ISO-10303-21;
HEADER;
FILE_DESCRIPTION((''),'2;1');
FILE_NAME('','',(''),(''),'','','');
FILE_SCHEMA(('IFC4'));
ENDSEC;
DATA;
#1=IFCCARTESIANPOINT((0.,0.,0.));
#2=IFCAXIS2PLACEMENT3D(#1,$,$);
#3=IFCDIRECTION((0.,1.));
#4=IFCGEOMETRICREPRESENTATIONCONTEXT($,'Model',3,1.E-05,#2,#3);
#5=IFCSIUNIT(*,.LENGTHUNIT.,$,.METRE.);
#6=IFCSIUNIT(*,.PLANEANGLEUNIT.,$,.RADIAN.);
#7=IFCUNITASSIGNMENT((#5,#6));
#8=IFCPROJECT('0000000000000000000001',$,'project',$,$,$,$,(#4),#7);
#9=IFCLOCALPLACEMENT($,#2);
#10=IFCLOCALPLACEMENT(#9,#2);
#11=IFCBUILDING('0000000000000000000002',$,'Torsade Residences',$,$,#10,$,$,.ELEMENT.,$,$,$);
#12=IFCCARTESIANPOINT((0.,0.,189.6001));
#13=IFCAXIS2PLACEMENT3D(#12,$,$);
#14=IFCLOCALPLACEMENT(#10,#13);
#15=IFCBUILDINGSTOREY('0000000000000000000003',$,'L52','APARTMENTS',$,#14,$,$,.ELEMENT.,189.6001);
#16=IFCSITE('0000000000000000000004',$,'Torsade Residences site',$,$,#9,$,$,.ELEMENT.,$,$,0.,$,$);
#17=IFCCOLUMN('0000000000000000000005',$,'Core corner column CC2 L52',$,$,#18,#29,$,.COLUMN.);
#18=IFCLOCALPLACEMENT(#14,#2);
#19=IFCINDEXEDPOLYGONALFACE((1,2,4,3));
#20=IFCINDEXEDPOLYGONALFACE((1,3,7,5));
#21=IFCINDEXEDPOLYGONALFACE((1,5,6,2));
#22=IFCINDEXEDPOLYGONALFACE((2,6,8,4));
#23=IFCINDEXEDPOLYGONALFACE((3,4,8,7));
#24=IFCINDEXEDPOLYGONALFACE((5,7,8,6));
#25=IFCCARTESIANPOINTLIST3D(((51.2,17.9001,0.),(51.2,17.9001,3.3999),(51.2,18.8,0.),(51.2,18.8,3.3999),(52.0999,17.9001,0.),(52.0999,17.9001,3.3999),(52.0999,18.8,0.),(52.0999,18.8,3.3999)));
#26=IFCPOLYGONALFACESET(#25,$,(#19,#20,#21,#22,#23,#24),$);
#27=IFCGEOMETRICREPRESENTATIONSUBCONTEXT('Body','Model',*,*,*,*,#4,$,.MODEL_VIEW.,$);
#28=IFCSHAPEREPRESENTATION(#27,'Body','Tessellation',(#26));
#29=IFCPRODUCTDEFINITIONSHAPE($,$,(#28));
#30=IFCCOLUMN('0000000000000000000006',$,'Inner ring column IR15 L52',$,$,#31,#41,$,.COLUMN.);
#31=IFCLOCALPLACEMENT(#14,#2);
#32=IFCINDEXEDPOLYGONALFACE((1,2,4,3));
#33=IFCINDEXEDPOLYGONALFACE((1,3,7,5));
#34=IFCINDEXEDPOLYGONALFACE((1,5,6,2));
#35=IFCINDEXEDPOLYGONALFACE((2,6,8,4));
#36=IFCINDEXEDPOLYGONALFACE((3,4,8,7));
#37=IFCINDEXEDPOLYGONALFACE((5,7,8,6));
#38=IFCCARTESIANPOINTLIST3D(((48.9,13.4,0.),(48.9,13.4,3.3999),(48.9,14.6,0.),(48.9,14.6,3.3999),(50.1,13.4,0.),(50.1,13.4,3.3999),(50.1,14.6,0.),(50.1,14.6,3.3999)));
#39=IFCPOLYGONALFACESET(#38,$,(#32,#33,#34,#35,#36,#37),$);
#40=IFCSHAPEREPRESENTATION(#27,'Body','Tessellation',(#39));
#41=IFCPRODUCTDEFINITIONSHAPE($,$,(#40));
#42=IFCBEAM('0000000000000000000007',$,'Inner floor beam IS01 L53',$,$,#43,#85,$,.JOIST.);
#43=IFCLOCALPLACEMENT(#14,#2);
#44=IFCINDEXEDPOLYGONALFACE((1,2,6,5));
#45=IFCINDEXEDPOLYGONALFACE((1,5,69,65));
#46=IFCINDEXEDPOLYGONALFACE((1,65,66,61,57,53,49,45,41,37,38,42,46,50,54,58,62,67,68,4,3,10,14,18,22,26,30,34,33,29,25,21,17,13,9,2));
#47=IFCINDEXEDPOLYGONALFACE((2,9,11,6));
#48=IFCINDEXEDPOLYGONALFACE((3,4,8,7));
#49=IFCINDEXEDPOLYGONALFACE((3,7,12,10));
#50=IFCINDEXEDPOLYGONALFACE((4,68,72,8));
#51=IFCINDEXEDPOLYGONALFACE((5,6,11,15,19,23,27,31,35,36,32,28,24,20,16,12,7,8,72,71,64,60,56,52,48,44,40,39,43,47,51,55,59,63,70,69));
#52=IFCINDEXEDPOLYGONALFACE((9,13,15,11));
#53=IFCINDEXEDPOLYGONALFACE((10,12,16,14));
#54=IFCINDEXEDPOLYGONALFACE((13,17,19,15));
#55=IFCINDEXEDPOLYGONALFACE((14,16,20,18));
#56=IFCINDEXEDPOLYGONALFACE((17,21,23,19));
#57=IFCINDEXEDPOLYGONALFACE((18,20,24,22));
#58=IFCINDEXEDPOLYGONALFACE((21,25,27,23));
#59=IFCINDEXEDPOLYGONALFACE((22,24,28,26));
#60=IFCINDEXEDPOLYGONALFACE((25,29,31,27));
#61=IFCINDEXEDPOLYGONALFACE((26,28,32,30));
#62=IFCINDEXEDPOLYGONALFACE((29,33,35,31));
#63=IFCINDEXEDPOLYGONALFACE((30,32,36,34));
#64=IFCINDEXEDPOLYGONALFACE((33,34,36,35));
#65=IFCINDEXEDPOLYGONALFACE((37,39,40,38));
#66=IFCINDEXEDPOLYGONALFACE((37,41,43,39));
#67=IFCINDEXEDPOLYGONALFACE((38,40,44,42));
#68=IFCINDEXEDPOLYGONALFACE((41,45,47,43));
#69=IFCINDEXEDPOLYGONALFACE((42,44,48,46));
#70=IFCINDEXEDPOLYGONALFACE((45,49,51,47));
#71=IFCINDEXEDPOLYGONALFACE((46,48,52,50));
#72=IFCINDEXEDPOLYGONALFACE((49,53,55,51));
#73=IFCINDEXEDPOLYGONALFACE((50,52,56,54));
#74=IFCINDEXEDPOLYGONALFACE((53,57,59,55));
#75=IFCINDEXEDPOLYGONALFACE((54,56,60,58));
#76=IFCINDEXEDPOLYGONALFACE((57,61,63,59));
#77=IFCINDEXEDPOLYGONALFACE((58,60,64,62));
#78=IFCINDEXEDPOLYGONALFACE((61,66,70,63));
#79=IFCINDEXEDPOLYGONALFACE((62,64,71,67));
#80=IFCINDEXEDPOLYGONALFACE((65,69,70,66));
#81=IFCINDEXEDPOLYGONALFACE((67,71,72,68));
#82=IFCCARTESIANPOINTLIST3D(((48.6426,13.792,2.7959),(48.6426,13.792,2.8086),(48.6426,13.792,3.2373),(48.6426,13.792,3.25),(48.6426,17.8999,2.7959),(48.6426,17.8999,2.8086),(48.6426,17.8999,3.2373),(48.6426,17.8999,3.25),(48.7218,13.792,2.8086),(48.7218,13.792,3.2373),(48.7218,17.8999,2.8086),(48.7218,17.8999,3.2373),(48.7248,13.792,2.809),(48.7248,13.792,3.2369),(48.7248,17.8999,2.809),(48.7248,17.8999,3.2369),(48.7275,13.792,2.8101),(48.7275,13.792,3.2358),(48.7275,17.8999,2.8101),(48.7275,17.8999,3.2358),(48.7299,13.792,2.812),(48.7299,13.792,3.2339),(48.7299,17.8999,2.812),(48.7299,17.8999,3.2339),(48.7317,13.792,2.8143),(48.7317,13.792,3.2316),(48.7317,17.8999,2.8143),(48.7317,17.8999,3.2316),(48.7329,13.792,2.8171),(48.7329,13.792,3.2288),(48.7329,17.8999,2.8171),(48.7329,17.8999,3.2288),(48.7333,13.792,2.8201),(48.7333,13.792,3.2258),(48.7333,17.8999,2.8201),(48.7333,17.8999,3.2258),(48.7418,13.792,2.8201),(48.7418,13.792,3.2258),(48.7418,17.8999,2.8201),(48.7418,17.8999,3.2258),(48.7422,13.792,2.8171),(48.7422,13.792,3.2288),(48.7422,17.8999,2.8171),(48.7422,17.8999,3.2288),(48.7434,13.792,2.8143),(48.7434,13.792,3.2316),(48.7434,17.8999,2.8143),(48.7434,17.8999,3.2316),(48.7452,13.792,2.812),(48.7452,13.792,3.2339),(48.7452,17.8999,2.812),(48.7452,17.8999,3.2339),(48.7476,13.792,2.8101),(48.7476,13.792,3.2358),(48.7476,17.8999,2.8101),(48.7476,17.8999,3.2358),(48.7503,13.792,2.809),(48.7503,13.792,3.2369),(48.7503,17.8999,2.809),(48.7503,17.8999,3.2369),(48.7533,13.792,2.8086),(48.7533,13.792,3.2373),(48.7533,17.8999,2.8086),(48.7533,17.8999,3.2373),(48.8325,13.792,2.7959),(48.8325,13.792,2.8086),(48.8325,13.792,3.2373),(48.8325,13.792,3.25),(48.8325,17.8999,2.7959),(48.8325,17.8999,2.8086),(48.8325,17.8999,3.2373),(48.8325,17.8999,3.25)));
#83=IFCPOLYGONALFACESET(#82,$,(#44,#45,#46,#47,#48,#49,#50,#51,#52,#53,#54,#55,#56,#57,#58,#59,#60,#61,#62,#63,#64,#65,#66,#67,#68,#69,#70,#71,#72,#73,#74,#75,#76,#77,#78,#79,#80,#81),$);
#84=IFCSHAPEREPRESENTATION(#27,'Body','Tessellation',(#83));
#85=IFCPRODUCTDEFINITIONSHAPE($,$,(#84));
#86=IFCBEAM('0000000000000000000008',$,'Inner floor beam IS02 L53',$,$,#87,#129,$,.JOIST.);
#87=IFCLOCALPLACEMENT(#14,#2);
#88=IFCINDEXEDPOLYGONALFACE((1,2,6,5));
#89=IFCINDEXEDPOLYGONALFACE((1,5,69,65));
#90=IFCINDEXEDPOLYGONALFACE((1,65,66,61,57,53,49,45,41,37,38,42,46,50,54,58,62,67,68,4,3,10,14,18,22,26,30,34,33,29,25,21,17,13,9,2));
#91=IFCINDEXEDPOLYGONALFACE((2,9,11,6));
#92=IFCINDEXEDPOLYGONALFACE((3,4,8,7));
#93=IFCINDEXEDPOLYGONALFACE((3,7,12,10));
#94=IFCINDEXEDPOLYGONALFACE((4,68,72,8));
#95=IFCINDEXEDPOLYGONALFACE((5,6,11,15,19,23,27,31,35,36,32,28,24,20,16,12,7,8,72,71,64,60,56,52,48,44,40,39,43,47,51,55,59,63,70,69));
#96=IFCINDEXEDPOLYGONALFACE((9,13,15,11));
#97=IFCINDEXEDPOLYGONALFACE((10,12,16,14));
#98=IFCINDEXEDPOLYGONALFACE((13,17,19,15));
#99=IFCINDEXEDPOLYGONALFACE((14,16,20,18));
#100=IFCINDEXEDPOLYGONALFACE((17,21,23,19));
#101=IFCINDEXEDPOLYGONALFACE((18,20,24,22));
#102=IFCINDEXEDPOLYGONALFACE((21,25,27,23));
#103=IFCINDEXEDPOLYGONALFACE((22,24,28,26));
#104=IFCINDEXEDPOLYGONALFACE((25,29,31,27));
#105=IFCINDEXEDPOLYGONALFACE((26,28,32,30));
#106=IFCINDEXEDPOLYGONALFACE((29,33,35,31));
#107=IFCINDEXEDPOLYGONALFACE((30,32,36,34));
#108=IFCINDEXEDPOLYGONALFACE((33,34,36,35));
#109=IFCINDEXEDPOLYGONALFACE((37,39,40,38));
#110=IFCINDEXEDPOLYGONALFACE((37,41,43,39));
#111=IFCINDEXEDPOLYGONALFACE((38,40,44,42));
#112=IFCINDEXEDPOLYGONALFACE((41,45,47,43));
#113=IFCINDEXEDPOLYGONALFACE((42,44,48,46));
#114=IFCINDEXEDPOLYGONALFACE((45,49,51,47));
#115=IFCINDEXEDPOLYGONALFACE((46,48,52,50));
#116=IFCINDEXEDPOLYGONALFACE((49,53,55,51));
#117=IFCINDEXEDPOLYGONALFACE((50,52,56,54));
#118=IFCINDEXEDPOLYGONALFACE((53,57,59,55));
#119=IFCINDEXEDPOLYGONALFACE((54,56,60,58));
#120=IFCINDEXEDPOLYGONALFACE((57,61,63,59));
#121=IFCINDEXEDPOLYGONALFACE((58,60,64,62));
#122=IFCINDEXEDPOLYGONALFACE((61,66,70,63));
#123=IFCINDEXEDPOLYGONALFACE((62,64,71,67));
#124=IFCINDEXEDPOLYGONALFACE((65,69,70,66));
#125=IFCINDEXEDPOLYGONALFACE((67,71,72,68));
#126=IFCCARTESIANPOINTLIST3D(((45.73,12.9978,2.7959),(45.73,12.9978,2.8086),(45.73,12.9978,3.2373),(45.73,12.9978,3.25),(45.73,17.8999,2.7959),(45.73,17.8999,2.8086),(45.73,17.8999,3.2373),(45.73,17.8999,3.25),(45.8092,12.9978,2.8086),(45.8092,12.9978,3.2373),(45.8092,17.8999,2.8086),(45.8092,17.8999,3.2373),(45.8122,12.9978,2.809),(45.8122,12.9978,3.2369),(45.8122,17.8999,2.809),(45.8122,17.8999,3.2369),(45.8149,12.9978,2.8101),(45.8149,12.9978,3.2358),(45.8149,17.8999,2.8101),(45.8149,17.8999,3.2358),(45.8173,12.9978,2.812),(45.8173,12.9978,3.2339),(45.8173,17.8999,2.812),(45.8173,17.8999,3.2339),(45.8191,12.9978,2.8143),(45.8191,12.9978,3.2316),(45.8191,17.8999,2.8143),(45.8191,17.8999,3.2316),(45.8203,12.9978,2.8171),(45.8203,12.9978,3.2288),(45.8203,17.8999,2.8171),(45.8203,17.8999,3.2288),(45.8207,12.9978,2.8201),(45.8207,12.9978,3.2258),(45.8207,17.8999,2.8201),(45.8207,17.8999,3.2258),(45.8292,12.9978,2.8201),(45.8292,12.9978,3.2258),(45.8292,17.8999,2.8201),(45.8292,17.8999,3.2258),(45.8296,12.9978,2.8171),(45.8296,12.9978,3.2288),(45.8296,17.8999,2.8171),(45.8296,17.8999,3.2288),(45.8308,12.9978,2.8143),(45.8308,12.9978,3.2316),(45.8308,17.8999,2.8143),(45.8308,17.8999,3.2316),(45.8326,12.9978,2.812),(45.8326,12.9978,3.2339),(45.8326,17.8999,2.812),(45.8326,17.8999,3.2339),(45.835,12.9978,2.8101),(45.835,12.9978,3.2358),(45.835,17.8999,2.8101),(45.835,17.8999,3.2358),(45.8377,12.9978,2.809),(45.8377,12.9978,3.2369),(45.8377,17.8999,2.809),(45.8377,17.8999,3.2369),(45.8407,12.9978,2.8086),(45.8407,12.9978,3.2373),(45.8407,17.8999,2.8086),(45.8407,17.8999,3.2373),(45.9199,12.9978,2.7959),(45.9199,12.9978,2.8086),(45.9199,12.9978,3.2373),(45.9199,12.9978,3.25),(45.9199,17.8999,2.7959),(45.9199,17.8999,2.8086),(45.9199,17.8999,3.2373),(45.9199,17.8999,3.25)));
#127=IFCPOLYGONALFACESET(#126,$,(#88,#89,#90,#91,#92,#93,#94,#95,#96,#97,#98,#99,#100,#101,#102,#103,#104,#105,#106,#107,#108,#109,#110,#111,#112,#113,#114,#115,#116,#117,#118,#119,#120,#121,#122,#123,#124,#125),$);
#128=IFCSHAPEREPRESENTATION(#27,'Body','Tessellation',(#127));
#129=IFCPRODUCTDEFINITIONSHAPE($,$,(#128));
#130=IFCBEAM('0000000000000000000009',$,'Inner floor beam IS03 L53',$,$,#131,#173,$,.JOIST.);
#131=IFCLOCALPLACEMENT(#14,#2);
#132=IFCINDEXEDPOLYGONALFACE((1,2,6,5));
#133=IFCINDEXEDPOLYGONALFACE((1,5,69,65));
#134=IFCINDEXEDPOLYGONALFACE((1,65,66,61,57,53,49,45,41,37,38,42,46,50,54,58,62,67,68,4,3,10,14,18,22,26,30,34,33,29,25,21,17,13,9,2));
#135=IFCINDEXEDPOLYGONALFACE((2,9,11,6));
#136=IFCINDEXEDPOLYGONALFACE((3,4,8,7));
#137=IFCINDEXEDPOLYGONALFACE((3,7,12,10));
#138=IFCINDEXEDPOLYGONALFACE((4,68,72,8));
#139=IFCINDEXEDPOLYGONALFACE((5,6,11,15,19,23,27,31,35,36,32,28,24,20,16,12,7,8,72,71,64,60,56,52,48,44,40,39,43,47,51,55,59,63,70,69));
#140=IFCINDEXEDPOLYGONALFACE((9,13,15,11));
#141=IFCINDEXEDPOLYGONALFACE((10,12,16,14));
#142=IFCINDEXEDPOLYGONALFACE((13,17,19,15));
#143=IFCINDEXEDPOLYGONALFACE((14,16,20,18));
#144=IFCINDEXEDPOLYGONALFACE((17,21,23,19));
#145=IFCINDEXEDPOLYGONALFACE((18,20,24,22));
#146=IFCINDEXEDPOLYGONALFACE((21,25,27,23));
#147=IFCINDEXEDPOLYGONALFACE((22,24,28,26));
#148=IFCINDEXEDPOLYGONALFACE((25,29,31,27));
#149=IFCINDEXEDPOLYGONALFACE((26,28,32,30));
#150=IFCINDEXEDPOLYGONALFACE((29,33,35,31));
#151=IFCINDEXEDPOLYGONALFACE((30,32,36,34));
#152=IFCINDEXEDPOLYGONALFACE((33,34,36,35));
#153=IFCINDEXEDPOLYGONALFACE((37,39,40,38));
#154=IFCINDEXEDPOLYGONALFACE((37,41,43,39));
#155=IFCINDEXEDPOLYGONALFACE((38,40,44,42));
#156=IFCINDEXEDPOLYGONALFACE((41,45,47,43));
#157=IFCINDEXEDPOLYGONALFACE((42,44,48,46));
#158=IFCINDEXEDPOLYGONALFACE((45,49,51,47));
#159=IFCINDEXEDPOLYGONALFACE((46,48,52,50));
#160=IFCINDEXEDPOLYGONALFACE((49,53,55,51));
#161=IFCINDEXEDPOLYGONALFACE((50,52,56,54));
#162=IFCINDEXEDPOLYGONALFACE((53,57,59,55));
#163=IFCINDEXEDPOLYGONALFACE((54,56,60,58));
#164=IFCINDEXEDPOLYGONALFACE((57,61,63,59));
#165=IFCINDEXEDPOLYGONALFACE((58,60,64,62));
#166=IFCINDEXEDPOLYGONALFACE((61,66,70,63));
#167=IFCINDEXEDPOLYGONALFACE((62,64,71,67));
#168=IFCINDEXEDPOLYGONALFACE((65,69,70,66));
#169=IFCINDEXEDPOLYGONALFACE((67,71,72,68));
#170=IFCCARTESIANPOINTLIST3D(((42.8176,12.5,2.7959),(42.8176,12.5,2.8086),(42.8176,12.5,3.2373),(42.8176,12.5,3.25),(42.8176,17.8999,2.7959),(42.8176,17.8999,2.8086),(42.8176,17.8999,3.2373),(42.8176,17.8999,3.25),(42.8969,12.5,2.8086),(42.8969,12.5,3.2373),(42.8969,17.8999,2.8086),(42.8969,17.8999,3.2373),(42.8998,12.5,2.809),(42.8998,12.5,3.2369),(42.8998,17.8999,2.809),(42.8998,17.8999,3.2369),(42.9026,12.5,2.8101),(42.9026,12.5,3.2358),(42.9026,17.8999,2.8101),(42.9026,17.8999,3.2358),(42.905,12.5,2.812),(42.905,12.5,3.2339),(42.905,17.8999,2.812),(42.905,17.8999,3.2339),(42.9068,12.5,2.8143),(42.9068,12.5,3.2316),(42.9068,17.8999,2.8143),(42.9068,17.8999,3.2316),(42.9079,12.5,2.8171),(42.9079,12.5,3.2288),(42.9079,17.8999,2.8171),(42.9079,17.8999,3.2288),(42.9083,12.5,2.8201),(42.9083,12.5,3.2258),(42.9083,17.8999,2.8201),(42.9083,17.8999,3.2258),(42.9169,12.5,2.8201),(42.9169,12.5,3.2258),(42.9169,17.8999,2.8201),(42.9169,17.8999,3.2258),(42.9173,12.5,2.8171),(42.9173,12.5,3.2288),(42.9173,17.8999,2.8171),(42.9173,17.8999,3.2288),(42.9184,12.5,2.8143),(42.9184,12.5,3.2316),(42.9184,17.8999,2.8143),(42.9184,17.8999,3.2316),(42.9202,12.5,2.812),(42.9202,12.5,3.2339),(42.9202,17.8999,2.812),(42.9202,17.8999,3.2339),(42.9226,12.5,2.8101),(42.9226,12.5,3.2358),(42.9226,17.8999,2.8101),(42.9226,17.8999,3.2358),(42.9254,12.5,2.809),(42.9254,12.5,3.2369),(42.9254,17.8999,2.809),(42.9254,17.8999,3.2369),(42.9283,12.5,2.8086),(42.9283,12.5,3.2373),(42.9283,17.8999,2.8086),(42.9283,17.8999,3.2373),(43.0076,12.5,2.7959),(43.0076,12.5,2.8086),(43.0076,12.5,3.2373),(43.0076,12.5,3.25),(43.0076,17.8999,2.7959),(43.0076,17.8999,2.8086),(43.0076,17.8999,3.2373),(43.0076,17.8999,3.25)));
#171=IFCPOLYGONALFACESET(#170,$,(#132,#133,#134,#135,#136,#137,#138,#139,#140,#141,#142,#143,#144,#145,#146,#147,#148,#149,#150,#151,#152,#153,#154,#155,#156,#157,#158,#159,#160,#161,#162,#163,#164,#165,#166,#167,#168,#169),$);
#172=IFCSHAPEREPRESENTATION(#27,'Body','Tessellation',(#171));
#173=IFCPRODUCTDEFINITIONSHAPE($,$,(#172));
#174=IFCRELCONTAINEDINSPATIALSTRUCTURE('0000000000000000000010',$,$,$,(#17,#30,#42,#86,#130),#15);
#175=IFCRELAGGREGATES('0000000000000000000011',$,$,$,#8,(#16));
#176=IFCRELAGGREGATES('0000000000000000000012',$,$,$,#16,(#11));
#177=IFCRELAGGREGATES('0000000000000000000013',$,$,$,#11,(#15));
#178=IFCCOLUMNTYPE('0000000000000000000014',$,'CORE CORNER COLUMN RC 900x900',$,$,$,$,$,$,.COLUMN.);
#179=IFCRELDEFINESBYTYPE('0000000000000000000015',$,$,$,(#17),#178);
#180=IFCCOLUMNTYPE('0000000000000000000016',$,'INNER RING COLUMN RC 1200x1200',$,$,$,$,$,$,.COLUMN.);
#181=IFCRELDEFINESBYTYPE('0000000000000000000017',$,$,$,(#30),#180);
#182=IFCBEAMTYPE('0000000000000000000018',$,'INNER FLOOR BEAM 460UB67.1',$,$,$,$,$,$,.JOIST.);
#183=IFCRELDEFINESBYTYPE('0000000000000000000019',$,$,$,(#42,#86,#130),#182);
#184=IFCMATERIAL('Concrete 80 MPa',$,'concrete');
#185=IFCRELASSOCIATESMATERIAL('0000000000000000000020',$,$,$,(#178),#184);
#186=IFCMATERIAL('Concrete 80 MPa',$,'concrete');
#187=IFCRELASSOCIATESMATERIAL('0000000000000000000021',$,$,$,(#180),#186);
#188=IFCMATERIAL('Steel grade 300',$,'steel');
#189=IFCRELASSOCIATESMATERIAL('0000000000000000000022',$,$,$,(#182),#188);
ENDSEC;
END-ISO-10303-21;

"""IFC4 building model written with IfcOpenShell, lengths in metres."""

from ifc_helpers import new_model, si_unit, direction, frame, origin, origin_2d, place, context, subcontext, project, spatial, rectangle, i_section, extrude, material, material_profile, profile_set, type_object, element, save


model = new_model("IFC4")

# Units and contexts
model_context = context("Model", 3, precision=1e-05, world=origin(), true_north=direction((0.0, 1.0)))
body_context = subcontext(model_context, "Body", "Model", "MODEL_VIEW")
ifc_project = project(units=[si_unit("LENGTHUNIT", "METRE"), si_unit("PLANEANGLEUNIT", "RADIAN")], contexts=[model_context])

# Site, building, storey
site_placement = place(None, origin())
site = spatial("IfcSite", under=ifc_project, at=site_placement, Name="Torsade Residences site", CompositionType="ELEMENT", RefElevation=0.0)
building_placement = place(site_placement, origin())
building = spatial("IfcBuilding", under=site, at=building_placement, Name="Torsade Residences", CompositionType="ELEMENT")
storey_placement = place(building_placement, frame((0.0, 0.0, 189.6001)))
storey = spatial("IfcBuildingStorey", under=building, at=storey_placement, Name="L52", Description="APARTMENTS", CompositionType="ELEMENT", Elevation=189.6001)

# Columns
ifc_material_1 = material(Name="Concrete 80 MPa", Category="concrete")
ifc_material_profile_1 = material_profile(ifc_material_1, rectangle(XDim=0.8999, YDim=0.8999, at=origin_2d()), Name="RC 900x900")
ifc_profile_set_1 = profile_set([ifc_material_profile_1], Name="Concrete 80 MPa")
column_type_1 = type_object("IfcColumnType", Name="CORE CORNER COLUMN RC 900x900", PredefinedType="COLUMN", material=ifc_profile_set_1)
column_1_placement = place(storey_placement, frame((51.6499, 18.3501, 0.0), z_axis=(0.0, 0.0, 1.0), x_axis=(1.0, 0.0, 0.0)))
element("IfcColumn", 1, at=column_1_placement, inside=storey, type_object=column_type_1, Name="Core corner column CC2 L52", PredefinedType="COLUMN", context=body_context, shape_type="SweptSolid", body=[
    extrude(rectangle(XDim=0.8999, YDim=0.8999, at=origin_2d()), origin(), (0.0, 0.0, 1.0), 3.3999),
])
ifc_material_2 = material(Name="Concrete 80 MPa", Category="concrete")
ifc_material_profile_2 = material_profile(ifc_material_2, rectangle(XDim=1.2, YDim=1.2, at=origin_2d()), Name="RC 1200x1200")
ifc_profile_set_2 = profile_set([ifc_material_profile_2], Name="Concrete 80 MPa")
column_type_2 = type_object("IfcColumnType", Name="INNER RING COLUMN RC 1200x1200", PredefinedType="COLUMN", material=ifc_profile_set_2)
column_2_placement = place(storey_placement, frame((49.5, 14.0, 0.0), z_axis=(0.0, 0.0, 1.0), x_axis=(1.0, 0.0, 0.0)))
element("IfcColumn", 2, at=column_2_placement, inside=storey, type_object=column_type_2, Name="Inner ring column IR15 L52", PredefinedType="COLUMN", context=body_context, shape_type="SweptSolid", body=[
    extrude(rectangle(XDim=1.2, YDim=1.2, at=origin_2d()), origin(), (0.0, 0.0, 1.0), 3.3999),
])

# Beams
ifc_material_3 = material(Name="Steel grade 300", Category="steel")
ifc_material_profile_3 = material_profile(ifc_material_3, i_section(OverallWidth=0.1899, OverallDepth=0.4541, WebThickness=0.0085, FlangeThickness=0.0127, FilletRadius=0.0115, at=origin_2d()), Name="460UB67.1")
ifc_profile_set_3 = profile_set([ifc_material_profile_3], Name="Steel grade 300")
beam_type_1 = type_object("IfcBeamType", Name="INNER FLOOR BEAM 460UB67.1", PredefinedType="JOIST", material=ifc_profile_set_3)
beam_1_placement = place(storey_placement, frame((48.7375, 17.8999, 3.0229), z_axis=(0.0, -1.0, 0.0), x_axis=(1.0, 0.0, 0.0)))
element("IfcBeam", 3, at=beam_1_placement, inside=storey, type_object=beam_type_1, Name="Inner floor beam IS01 L53", PredefinedType="JOIST", context=body_context, shape_type="SweptSolid", body=[
    extrude(i_section(OverallWidth=0.1899, OverallDepth=0.4541, WebThickness=0.0085, FlangeThickness=0.0127, FilletRadius=0.0115, at=origin_2d()), origin(), (0.0, 0.0, 1.0), 4.1079),
])
beam_2_placement = place(storey_placement, frame((45.825, 17.8999, 3.0229), z_axis=(0.0, -1.0, 0.0), x_axis=(1.0, 0.0, 0.0)))
element("IfcBeam", 4, at=beam_2_placement, inside=storey, type_object=beam_type_1, Name="Inner floor beam IS02 L53", PredefinedType="JOIST", context=body_context, shape_type="SweptSolid", body=[
    extrude(i_section(OverallWidth=0.1899, OverallDepth=0.4541, WebThickness=0.0085, FlangeThickness=0.0127, FilletRadius=0.0115, at=origin_2d()), origin(), (0.0, 0.0, 1.0), 4.9021),
])
for number, where, z_axis, x_axis, name in (
    (5, (42.9126, 17.8999, 3.0229), (0.0, -1.0, 0.0), (1.0, 0.0, 0.0), "Inner floor beam IS03 L53"),
):
    element("IfcBeam", number, at=place(storey_placement, frame(where, z_axis=z_axis, x_axis=x_axis)), inside=storey, type_object=beam_type_1, Name=name, PredefinedType="JOIST", context=body_context, shape_type="SweptSolid", body=[
        extrude(i_section(OverallWidth=0.1899, OverallDepth=0.4541, WebThickness=0.0085, FlangeThickness=0.0127, FilletRadius=0.0115, at=origin_2d()), origin(), (0.0, 0.0, 1.0), 5.3999),
    ])

save(model, "model.ifc")
